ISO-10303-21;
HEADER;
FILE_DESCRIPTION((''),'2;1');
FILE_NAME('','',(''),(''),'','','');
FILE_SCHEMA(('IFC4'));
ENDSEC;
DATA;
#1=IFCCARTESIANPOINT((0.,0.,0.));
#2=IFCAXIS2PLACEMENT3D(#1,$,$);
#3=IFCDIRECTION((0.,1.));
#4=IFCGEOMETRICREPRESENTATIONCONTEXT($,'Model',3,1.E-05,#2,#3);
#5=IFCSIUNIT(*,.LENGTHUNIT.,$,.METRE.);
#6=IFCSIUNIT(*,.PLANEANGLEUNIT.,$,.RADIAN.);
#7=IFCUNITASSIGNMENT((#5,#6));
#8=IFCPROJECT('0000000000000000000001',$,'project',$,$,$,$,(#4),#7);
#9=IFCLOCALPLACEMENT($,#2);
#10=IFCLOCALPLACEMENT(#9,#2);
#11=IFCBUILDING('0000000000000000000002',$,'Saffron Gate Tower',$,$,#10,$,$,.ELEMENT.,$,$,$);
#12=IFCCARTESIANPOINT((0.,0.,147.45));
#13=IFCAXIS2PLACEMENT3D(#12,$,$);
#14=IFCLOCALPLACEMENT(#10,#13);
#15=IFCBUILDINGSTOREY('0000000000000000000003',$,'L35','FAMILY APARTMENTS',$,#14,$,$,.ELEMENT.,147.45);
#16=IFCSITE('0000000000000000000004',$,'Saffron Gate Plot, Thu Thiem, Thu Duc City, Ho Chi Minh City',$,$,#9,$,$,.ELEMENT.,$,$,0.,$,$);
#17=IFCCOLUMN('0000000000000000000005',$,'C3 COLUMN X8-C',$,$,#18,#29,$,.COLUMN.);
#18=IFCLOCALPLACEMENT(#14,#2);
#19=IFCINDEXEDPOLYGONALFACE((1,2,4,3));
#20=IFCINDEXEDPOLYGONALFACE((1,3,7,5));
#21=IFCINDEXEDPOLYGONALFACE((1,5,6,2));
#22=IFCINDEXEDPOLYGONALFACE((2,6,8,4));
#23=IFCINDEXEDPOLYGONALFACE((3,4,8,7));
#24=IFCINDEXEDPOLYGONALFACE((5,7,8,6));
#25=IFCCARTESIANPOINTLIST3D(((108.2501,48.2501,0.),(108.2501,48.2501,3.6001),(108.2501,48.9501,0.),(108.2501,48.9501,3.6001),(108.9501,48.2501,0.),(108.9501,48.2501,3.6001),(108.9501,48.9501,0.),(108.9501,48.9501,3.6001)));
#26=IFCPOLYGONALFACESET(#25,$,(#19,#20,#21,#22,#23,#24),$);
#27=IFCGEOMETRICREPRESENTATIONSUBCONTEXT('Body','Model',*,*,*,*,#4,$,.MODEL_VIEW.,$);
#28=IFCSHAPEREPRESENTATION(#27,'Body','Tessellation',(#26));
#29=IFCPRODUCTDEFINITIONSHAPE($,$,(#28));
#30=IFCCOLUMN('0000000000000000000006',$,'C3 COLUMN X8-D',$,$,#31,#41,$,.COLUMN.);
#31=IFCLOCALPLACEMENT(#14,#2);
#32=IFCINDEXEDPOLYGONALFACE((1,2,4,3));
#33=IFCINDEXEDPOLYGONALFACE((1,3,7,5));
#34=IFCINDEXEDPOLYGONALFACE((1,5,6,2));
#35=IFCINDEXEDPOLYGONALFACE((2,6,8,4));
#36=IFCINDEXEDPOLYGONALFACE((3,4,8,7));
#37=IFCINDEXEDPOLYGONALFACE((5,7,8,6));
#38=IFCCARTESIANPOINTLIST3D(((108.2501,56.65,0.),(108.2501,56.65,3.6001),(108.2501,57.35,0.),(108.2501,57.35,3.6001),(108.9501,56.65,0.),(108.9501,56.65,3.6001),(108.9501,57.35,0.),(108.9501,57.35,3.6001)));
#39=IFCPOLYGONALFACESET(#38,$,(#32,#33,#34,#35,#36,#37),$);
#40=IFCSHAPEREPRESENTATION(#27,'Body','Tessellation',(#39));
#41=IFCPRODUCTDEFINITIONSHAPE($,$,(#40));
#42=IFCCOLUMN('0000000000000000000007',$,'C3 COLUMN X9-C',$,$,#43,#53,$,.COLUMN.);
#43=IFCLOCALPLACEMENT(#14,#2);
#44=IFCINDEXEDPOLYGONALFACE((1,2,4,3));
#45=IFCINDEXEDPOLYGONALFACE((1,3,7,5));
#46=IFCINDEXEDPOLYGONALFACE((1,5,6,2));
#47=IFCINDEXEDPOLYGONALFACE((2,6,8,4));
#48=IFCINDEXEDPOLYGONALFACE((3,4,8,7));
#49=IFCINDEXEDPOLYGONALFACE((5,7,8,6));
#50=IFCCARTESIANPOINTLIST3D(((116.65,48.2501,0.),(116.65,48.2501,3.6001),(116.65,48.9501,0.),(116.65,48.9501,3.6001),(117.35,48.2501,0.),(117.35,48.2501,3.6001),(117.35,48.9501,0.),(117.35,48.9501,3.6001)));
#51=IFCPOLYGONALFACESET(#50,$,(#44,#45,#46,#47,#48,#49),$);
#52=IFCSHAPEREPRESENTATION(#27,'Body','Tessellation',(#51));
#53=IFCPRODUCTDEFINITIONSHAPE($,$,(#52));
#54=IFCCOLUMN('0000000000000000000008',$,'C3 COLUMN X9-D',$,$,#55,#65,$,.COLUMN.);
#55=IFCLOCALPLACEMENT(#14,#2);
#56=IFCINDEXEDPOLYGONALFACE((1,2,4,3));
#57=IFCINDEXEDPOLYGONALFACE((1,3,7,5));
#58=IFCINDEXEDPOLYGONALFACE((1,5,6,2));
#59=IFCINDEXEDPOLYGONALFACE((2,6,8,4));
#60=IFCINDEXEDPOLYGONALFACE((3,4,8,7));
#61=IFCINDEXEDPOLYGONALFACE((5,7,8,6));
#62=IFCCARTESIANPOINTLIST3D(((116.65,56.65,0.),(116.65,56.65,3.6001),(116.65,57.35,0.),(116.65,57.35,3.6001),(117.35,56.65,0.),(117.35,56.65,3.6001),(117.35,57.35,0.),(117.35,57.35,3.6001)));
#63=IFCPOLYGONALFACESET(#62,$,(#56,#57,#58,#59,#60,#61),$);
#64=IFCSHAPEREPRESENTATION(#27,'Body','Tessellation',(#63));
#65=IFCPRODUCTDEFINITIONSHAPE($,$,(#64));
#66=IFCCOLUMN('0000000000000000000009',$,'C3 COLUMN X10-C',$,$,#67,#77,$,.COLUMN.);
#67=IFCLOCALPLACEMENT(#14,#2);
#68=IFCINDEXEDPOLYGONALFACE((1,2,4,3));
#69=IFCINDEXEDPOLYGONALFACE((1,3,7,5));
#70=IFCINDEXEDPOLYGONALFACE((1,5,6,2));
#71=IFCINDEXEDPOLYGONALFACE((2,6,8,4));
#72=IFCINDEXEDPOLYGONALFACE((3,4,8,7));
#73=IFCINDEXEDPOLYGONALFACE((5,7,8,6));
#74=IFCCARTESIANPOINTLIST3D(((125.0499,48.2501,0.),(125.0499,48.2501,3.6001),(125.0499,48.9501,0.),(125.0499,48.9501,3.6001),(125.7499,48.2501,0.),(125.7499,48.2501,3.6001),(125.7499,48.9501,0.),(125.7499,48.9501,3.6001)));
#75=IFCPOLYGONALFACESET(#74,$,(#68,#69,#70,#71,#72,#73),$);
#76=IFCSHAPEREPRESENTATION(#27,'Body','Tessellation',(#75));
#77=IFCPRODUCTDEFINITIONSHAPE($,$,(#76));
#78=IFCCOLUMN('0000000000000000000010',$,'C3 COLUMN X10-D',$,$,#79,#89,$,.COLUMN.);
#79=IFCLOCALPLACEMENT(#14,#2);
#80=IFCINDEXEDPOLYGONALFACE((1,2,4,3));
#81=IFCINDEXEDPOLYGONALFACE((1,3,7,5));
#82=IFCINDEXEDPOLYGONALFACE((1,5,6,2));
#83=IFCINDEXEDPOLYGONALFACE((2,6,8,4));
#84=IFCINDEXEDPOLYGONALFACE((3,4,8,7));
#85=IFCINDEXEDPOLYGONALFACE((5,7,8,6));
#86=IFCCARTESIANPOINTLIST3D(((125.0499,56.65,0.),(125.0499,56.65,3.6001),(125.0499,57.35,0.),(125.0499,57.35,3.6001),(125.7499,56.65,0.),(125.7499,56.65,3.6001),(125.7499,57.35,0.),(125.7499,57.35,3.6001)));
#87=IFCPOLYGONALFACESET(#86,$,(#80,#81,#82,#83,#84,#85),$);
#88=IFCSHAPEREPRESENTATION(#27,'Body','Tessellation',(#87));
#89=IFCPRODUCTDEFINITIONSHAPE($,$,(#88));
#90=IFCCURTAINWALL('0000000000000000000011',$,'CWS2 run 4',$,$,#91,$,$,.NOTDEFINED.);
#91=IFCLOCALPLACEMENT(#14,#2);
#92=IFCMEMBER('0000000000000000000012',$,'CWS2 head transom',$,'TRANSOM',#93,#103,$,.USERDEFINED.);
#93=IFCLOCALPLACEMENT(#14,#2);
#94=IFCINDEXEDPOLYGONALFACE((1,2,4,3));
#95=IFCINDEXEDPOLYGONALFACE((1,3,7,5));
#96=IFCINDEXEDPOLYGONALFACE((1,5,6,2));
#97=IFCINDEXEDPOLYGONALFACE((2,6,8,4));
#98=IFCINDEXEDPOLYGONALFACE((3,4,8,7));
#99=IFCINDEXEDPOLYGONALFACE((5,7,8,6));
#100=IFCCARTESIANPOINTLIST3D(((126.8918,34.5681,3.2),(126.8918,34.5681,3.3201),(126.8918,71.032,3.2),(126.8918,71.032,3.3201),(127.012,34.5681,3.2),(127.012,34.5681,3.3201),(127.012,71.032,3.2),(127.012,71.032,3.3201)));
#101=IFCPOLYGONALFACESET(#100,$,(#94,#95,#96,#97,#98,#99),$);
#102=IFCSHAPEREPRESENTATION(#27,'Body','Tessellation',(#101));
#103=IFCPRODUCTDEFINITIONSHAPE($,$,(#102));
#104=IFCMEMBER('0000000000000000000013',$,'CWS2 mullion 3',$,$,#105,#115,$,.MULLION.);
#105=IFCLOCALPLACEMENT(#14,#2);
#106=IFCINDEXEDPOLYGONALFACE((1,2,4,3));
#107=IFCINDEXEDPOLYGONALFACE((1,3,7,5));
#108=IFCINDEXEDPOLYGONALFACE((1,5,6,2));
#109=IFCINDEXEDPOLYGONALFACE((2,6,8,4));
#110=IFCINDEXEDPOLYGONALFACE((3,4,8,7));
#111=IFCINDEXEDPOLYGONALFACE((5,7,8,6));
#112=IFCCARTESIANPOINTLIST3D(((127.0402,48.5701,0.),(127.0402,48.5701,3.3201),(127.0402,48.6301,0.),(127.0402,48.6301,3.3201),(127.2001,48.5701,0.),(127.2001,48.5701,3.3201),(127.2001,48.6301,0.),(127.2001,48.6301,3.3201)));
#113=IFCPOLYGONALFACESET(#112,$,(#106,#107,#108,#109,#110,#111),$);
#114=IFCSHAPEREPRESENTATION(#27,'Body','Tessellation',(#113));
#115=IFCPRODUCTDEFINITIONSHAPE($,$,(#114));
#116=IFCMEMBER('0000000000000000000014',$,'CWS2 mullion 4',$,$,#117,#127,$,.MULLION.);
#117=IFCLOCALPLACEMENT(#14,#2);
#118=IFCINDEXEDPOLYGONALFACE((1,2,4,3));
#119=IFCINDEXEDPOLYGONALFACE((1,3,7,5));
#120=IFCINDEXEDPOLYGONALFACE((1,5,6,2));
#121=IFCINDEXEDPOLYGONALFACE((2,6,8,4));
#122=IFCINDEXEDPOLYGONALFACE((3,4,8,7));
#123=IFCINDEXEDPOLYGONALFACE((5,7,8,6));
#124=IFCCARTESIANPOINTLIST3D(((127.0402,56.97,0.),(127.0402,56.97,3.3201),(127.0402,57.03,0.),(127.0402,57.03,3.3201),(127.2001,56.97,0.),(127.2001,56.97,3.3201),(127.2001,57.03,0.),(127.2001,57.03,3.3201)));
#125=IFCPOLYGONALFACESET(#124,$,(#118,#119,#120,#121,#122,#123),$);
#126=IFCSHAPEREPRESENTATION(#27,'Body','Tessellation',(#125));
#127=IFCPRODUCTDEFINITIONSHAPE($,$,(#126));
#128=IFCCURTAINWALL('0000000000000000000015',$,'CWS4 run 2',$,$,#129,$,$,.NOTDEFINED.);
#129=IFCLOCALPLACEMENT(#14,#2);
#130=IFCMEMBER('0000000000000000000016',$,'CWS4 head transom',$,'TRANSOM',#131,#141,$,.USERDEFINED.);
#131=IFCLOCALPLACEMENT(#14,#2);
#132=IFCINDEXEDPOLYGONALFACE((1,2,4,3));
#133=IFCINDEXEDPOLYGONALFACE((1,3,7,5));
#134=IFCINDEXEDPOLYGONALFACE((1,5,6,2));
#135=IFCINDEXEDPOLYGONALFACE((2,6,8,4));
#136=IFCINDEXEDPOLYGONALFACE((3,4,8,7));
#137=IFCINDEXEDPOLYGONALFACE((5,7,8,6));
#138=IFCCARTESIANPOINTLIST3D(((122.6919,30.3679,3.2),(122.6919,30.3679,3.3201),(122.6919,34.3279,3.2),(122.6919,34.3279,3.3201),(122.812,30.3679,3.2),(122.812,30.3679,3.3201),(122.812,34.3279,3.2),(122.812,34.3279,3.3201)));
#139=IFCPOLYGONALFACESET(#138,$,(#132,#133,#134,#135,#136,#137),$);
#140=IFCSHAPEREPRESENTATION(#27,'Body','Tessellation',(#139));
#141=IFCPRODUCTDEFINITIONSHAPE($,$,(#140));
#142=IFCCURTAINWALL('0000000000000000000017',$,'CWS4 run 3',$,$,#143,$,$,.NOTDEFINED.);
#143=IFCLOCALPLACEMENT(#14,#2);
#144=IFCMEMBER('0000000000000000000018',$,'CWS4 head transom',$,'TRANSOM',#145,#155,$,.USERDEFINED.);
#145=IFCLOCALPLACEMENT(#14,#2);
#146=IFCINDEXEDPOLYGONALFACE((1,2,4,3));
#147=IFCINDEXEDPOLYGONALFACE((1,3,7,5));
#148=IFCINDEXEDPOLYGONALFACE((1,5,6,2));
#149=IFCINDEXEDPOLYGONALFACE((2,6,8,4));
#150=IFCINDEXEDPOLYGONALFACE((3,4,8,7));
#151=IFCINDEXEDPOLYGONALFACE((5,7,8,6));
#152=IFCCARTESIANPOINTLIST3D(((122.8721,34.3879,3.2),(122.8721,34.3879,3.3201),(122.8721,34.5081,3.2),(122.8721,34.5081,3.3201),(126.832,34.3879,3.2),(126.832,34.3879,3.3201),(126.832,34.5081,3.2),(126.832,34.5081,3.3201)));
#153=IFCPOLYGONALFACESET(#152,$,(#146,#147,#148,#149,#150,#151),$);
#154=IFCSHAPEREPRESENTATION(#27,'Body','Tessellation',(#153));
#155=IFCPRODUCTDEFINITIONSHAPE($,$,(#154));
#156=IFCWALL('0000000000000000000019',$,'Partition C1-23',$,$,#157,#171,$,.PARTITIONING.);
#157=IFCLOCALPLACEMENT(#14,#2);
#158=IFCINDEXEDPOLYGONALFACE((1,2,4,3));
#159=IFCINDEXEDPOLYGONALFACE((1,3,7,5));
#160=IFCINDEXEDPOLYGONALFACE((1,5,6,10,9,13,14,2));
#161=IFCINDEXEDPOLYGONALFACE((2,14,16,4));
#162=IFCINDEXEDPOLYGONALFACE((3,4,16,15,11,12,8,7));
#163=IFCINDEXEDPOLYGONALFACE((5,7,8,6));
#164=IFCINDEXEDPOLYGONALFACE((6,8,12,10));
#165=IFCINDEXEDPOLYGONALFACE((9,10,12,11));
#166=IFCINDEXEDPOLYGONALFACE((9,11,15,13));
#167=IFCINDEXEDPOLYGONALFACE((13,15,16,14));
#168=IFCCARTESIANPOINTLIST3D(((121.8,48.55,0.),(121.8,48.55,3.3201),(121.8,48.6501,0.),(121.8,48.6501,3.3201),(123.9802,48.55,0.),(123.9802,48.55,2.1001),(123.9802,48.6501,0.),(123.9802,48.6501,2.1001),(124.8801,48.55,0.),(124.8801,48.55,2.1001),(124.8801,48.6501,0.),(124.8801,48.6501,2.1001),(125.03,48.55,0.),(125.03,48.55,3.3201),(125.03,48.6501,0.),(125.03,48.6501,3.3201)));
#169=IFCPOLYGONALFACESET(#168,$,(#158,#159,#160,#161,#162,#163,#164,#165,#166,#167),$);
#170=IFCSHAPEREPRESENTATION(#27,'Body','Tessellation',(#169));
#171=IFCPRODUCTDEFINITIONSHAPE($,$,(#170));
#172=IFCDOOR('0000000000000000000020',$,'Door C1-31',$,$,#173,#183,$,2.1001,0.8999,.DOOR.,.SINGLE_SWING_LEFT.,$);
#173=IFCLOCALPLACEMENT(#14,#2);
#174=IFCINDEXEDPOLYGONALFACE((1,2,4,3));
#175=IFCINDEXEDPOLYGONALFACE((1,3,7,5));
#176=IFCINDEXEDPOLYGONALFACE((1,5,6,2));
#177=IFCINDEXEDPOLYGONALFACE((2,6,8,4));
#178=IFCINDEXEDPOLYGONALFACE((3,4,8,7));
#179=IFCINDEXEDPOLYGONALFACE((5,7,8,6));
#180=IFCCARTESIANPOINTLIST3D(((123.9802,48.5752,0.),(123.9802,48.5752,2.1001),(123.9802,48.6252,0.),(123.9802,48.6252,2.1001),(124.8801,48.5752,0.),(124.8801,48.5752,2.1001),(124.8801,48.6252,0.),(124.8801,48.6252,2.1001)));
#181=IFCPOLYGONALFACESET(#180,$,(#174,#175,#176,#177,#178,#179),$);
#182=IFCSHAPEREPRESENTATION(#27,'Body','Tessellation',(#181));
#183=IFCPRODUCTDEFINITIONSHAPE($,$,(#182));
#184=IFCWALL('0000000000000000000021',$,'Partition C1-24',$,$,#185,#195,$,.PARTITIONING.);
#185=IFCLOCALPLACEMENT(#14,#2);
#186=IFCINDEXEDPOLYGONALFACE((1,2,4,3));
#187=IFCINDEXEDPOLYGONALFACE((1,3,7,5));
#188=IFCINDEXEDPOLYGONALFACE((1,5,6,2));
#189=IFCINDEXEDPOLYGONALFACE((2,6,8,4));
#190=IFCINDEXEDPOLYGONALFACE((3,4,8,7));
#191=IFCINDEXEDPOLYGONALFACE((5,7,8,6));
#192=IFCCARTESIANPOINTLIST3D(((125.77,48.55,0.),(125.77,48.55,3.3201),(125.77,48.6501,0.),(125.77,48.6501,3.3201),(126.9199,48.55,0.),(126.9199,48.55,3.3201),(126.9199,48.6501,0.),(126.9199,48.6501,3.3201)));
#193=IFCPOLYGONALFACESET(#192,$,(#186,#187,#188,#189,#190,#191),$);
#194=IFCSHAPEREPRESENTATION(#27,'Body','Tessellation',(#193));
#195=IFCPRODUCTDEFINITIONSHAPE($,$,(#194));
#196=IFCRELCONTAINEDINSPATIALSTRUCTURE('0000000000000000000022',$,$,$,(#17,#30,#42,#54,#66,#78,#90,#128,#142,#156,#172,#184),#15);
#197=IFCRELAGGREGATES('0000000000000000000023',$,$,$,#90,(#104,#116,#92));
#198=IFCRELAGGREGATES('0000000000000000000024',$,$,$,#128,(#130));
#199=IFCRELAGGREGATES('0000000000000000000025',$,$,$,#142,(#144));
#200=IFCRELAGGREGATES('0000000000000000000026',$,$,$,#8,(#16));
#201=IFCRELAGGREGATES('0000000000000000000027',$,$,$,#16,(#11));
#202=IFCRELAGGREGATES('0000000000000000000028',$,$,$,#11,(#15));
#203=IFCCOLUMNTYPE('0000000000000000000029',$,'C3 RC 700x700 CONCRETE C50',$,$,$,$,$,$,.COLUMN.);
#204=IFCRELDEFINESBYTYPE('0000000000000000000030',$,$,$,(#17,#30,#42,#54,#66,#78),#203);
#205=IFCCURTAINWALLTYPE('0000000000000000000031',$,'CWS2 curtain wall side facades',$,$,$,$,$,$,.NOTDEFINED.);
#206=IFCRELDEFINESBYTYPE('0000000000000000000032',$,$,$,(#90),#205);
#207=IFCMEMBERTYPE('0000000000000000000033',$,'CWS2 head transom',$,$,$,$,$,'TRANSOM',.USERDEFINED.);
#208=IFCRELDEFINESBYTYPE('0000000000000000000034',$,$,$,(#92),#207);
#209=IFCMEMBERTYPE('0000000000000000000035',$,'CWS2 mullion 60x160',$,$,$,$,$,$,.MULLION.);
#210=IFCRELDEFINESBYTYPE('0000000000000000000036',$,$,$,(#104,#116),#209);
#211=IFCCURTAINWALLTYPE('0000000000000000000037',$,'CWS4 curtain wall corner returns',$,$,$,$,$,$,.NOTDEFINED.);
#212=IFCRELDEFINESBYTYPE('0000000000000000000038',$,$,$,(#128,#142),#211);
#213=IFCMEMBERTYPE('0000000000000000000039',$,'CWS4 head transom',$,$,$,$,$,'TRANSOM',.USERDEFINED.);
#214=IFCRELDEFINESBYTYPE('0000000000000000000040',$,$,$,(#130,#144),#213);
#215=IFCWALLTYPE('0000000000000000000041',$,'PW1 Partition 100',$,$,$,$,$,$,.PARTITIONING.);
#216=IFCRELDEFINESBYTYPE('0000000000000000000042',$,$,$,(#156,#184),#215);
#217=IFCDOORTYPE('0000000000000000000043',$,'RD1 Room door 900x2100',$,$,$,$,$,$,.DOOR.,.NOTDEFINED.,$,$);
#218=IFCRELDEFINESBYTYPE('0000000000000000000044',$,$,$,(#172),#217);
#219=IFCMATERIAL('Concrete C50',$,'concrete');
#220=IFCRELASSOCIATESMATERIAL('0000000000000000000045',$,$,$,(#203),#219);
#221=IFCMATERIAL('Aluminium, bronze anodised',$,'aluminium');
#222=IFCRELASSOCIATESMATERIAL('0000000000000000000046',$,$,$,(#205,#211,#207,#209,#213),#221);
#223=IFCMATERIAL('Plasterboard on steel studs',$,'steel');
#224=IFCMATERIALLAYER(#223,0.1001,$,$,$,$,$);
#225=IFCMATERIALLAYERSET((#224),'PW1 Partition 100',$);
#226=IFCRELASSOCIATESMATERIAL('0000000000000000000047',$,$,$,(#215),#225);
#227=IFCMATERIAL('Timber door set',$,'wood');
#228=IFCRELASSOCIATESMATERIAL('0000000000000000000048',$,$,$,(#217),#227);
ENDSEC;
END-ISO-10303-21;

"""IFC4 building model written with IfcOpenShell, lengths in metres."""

from ifc_helpers import new_model, si_unit, direction, frame, frame_2d, origin, origin_2d, place, context, subcontext, project, spatial, rectangle, extrude, material, layer, layer_set, material_profile, profile_set, type_object, element, fill, aggregate, save


model = new_model("IFC4")

# Units and contexts
model_context = context("Model", 3, precision=1e-05, world=origin(), true_north=direction((0.0, 1.0)))
body_context = subcontext(model_context, "Body", "Model", "MODEL_VIEW")
ifc_project = project(units=[si_unit("LENGTHUNIT", "METRE"), si_unit("PLANEANGLEUNIT", "RADIAN")], contexts=[model_context])

# Site, building, storey
site_placement = place(None, origin())
site = spatial("IfcSite", under=ifc_project, at=site_placement, Name="Saffron Gate Plot, Thu Thiem, Thu Duc City, Ho Chi Minh City", CompositionType="ELEMENT", RefElevation=0.0)
building_placement = place(site_placement, origin())
building = spatial("IfcBuilding", under=site, at=building_placement, Name="Saffron Gate Tower", CompositionType="ELEMENT")
storey_placement = place(building_placement, frame((0.0, 0.0, 147.45)))
storey = spatial("IfcBuildingStorey", under=building, at=storey_placement, Name="L35", Description="FAMILY APARTMENTS", CompositionType="ELEMENT", Elevation=147.45)

# Columns
ifc_material_1 = material(Name="Concrete C50", Category="concrete")
ifc_material_profile_1 = material_profile(ifc_material_1, rectangle(XDim=0.7, YDim=0.7, at=origin_2d()))
ifc_profile_set_1 = profile_set([ifc_material_profile_1], Name="Concrete C50")
column_type = type_object("IfcColumnType", Name="C3 RC 700x700 CONCRETE C50", PredefinedType="COLUMN", material=ifc_profile_set_1)
for number, where, z_axis, x_axis, name in (
    (1, (108.6001, 48.6001, 0.0), (0.0, 0.0, 1.0), (1.0, 0.0, 0.0), "C3 COLUMN X8-C"),
    (2, (108.6001, 57.0, 0.0), (0.0, 0.0, 1.0), (1.0, 0.0, 0.0), "C3 COLUMN X8-D"),
    (3, (117.0, 48.6001, 0.0), (0.0, 0.0, 1.0), (1.0, 0.0, 0.0), "C3 COLUMN X9-C"),
    (4, (117.0, 57.0, 0.0), (0.0, 0.0, 1.0), (1.0, 0.0, 0.0), "C3 COLUMN X9-D"),
    (5, (125.3999, 48.6001, 0.0), (0.0, 0.0, 1.0), (1.0, 0.0, 0.0), "C3 COLUMN X10-C"),
    (6, (125.3999, 57.0, 0.0), (0.0, 0.0, 1.0), (1.0, 0.0, 0.0), "C3 COLUMN X10-D"),
):
    element("IfcColumn", number, at=place(storey_placement, frame(where, z_axis=z_axis, x_axis=x_axis)), inside=storey, type_object=column_type, Name=name, PredefinedType="COLUMN", context=body_context, shape_type="SweptSolid", body=[
        extrude(rectangle(XDim=0.7, YDim=0.7, at=origin_2d()), origin(), (0.0, 0.0, 1.0), 3.6001),
    ])

# Curtain wall, members
ifc_material_2 = material(Name="Aluminium, bronze anodised", Category="aluminium")
curtain_wall_type_1 = type_object("IfcCurtainWallType", Name="CWS2 curtain wall side facades", PredefinedType="NOTDEFINED", material=ifc_material_2)
curtain_wall_1_placement = place(storey_placement, origin())
curtain_wall_1 = element("IfcCurtainWall", 7, at=curtain_wall_1_placement, inside=storey, type_object=curtain_wall_type_1, Name="CWS2 run 4", PredefinedType="NOTDEFINED")
ifc_material_profile_2 = material_profile(ifc_material_2, rectangle(XDim=0.1201, YDim=0.1201, at=origin_2d()))
ifc_profile_set_2 = profile_set([ifc_material_profile_2], Name="Aluminium, bronze anodised")
member_type_1 = type_object("IfcMemberType", Name="CWS2 head transom", ElementType="TRANSOM", PredefinedType="USERDEFINED", material=ifc_profile_set_2)
member_1_placement = place(storey_placement, frame((126.9519, 34.5681, 3.26), z_axis=(0.0, 1.0, 0.0), x_axis=(-1.0, 0.0, 0.0)))
member_1 = element("IfcMember", 8, at=member_1_placement, type_object=member_type_1, Name="CWS2 head transom", ObjectType="TRANSOM", PredefinedType="USERDEFINED", context=body_context, shape_type="SweptSolid", body=[
    extrude(rectangle(XDim=0.1201, YDim=0.1201, at=origin_2d()), origin(), (0.0, 0.0, 1.0), 36.4639),
])
ifc_material_profile_3 = material_profile(ifc_material_2, rectangle(XDim=0.1599, YDim=0.0601, at=origin_2d()))
ifc_profile_set_3 = profile_set([ifc_material_profile_3], Name="Aluminium, bronze anodised")
member_type_2 = type_object("IfcMemberType", Name="CWS2 mullion 60x160", PredefinedType="MULLION", material=ifc_profile_set_3)
member_2_placement = place(storey_placement, frame((127.1201, 48.6001, 0.0), z_axis=(0.0, 0.0, 1.0), x_axis=(-1.0, 0.0, 0.0)))
member_2 = element("IfcMember", 9, at=member_2_placement, type_object=member_type_2, Name="CWS2 mullion 3", PredefinedType="MULLION", context=body_context, shape_type="SweptSolid", body=[
    extrude(rectangle(XDim=0.1599, YDim=0.0601, at=origin_2d()), origin(), (0.0, 0.0, 1.0), 3.3201),
])
member_3_placement = place(storey_placement, frame((127.1201, 57.0, 0.0), z_axis=(0.0, 0.0, 1.0), x_axis=(-1.0, 0.0, 0.0)))
member_3 = element("IfcMember", 10, at=member_3_placement, type_object=member_type_2, Name="CWS2 mullion 4", PredefinedType="MULLION", context=body_context, shape_type="SweptSolid", body=[
    extrude(rectangle(XDim=0.1599, YDim=0.0601, at=origin_2d()), origin(), (0.0, 0.0, 1.0), 3.3201),
])
aggregate(curtain_wall_1, [member_2, member_3, member_1])

# Curtain walls, members
curtain_wall_type_2 = type_object("IfcCurtainWallType", Name="CWS4 curtain wall corner returns", PredefinedType="NOTDEFINED", material=ifc_material_2)
curtain_wall_2_placement = place(storey_placement, origin())
curtain_wall_2 = element("IfcCurtainWall", 11, at=curtain_wall_2_placement, inside=storey, type_object=curtain_wall_type_2, Name="CWS4 run 2", PredefinedType="NOTDEFINED")
ifc_material_profile_4 = material_profile(ifc_material_2, rectangle(XDim=0.1201, YDim=0.1201, at=origin_2d()))
ifc_profile_set_4 = profile_set([ifc_material_profile_4], Name="Aluminium, bronze anodised")
member_type_3 = type_object("IfcMemberType", Name="CWS4 head transom", ElementType="TRANSOM", PredefinedType="USERDEFINED", material=ifc_profile_set_4)
member_4_placement = place(storey_placement, frame((122.752, 30.3679, 3.26), z_axis=(0.0, 1.0, 0.0), x_axis=(-1.0, 0.0, 0.0)))
member_4 = element("IfcMember", 12, at=member_4_placement, type_object=member_type_3, Name="CWS4 head transom", ObjectType="TRANSOM", PredefinedType="USERDEFINED", context=body_context, shape_type="SweptSolid", body=[
    extrude(rectangle(XDim=0.1201, YDim=0.1201, at=origin_2d()), origin(), (0.0, 0.0, 1.0), 3.96),
])
aggregate(curtain_wall_2, [member_4])
curtain_wall_3_placement = place(storey_placement, origin())
curtain_wall_3 = element("IfcCurtainWall", 13, at=curtain_wall_3_placement, inside=storey, type_object=curtain_wall_type_2, Name="CWS4 run 3", PredefinedType="NOTDEFINED")
member_5_placement = place(storey_placement, frame((122.8721, 34.448, 3.26), z_axis=(1.0, 0.0, 0.0), x_axis=(0.0, 1.0, 0.0)))
member_5 = element("IfcMember", 14, at=member_5_placement, type_object=member_type_3, Name="CWS4 head transom", ObjectType="TRANSOM", PredefinedType="USERDEFINED", context=body_context, shape_type="SweptSolid", body=[
    extrude(rectangle(XDim=0.1201, YDim=0.1201, at=origin_2d()), origin(), (0.0, 0.0, 1.0), 3.96),
])
aggregate(curtain_wall_3, [member_5])

# Wall, opening, door
ifc_material_3 = material(Name="Plasterboard on steel studs", Category="steel")
ifc_layer_1 = layer(ifc_material_3, 0.1001)
ifc_layer_set_1 = layer_set([ifc_layer_1], Name="PW1 Partition 100")
wall_type = type_object("IfcWallType", Name="PW1 Partition 100", PredefinedType="PARTITIONING", material=ifc_layer_set_1)
wall_1_placement = place(storey_placement, frame((125.03, 48.6001, 0.0), z_axis=(0.0, 0.0, 1.0), x_axis=(-1.0, 0.0, 0.0)))
wall_1 = element("IfcWall", 15, at=wall_1_placement, inside=storey, type_object=wall_type, Name="Partition C1-23", PredefinedType="PARTITIONING", context=body_context, shape_type="SweptSolid", body=[
    extrude(rectangle(XDim=3.23, YDim=0.1001, at=frame_2d((1.615, 0.0))), origin(), (0.0, 0.0, 1.0), 3.3201),
])
opening_1_placement = place(wall_1_placement, frame((0.1499, 0.0, 0.0)))
opening_1 = element("IfcOpeningElement", 16, at=opening_1_placement, cuts=wall_1, PredefinedType="OPENING", context=body_context, shape_type="SweptSolid", body=[
    extrude(rectangle(XDim=0.8999, YDim=2.1001, at=frame_2d((0.45, 1.05))), frame((0.0, 0.0601, 0.0), z_axis=(0.0, -1.0, 0.0), x_axis=(1.0, 0.0, 0.0)), (0.0, 0.0, 1.0), 0.1201),
])
ifc_material_4 = material(Name="Timber door set", Category="wood")
door_type_1 = type_object("IfcDoorType", Name="RD1 Room door 900x2100", OperationType="NOTDEFINED", PredefinedType="DOOR", material=ifc_material_4)
door_1_placement = place(opening_1_placement, origin())
door_1 = element("IfcDoor", 17, at=door_1_placement, inside=storey, type_object=door_type_1, Name="Door C1-31", OperationType="SINGLE_SWING_LEFT", OverallHeight=2.1001, OverallWidth=0.8999, PredefinedType="DOOR", context=body_context, shape_type="SweptSolid", body=[
    extrude(rectangle(XDim=0.8999, YDim=2.1001, at=frame_2d((0.45, 1.05))), frame((0.0, 0.0249, 0.0), z_axis=(0.0, -1.0, 0.0), x_axis=(1.0, 0.0, 0.0)), (0.0, 0.0, 1.0), 0.05),
])
fill(opening_1, door_1)

# Wall
wall_2_placement = place(storey_placement, frame((125.77, 48.6001, 0.0), z_axis=(0.0, 0.0, 1.0), x_axis=(1.0, 0.0, 0.0)))
element("IfcWall", 18, at=wall_2_placement, inside=storey, type_object=wall_type, Name="Partition C1-24", PredefinedType="PARTITIONING", context=body_context, shape_type="SweptSolid", body=[
    extrude(rectangle(XDim=1.1499, YDim=0.1001, at=frame_2d((0.575, 0.0))), origin(), (0.0, 0.0, 1.0), 3.3201),
])

save(model, "model.ifc")
